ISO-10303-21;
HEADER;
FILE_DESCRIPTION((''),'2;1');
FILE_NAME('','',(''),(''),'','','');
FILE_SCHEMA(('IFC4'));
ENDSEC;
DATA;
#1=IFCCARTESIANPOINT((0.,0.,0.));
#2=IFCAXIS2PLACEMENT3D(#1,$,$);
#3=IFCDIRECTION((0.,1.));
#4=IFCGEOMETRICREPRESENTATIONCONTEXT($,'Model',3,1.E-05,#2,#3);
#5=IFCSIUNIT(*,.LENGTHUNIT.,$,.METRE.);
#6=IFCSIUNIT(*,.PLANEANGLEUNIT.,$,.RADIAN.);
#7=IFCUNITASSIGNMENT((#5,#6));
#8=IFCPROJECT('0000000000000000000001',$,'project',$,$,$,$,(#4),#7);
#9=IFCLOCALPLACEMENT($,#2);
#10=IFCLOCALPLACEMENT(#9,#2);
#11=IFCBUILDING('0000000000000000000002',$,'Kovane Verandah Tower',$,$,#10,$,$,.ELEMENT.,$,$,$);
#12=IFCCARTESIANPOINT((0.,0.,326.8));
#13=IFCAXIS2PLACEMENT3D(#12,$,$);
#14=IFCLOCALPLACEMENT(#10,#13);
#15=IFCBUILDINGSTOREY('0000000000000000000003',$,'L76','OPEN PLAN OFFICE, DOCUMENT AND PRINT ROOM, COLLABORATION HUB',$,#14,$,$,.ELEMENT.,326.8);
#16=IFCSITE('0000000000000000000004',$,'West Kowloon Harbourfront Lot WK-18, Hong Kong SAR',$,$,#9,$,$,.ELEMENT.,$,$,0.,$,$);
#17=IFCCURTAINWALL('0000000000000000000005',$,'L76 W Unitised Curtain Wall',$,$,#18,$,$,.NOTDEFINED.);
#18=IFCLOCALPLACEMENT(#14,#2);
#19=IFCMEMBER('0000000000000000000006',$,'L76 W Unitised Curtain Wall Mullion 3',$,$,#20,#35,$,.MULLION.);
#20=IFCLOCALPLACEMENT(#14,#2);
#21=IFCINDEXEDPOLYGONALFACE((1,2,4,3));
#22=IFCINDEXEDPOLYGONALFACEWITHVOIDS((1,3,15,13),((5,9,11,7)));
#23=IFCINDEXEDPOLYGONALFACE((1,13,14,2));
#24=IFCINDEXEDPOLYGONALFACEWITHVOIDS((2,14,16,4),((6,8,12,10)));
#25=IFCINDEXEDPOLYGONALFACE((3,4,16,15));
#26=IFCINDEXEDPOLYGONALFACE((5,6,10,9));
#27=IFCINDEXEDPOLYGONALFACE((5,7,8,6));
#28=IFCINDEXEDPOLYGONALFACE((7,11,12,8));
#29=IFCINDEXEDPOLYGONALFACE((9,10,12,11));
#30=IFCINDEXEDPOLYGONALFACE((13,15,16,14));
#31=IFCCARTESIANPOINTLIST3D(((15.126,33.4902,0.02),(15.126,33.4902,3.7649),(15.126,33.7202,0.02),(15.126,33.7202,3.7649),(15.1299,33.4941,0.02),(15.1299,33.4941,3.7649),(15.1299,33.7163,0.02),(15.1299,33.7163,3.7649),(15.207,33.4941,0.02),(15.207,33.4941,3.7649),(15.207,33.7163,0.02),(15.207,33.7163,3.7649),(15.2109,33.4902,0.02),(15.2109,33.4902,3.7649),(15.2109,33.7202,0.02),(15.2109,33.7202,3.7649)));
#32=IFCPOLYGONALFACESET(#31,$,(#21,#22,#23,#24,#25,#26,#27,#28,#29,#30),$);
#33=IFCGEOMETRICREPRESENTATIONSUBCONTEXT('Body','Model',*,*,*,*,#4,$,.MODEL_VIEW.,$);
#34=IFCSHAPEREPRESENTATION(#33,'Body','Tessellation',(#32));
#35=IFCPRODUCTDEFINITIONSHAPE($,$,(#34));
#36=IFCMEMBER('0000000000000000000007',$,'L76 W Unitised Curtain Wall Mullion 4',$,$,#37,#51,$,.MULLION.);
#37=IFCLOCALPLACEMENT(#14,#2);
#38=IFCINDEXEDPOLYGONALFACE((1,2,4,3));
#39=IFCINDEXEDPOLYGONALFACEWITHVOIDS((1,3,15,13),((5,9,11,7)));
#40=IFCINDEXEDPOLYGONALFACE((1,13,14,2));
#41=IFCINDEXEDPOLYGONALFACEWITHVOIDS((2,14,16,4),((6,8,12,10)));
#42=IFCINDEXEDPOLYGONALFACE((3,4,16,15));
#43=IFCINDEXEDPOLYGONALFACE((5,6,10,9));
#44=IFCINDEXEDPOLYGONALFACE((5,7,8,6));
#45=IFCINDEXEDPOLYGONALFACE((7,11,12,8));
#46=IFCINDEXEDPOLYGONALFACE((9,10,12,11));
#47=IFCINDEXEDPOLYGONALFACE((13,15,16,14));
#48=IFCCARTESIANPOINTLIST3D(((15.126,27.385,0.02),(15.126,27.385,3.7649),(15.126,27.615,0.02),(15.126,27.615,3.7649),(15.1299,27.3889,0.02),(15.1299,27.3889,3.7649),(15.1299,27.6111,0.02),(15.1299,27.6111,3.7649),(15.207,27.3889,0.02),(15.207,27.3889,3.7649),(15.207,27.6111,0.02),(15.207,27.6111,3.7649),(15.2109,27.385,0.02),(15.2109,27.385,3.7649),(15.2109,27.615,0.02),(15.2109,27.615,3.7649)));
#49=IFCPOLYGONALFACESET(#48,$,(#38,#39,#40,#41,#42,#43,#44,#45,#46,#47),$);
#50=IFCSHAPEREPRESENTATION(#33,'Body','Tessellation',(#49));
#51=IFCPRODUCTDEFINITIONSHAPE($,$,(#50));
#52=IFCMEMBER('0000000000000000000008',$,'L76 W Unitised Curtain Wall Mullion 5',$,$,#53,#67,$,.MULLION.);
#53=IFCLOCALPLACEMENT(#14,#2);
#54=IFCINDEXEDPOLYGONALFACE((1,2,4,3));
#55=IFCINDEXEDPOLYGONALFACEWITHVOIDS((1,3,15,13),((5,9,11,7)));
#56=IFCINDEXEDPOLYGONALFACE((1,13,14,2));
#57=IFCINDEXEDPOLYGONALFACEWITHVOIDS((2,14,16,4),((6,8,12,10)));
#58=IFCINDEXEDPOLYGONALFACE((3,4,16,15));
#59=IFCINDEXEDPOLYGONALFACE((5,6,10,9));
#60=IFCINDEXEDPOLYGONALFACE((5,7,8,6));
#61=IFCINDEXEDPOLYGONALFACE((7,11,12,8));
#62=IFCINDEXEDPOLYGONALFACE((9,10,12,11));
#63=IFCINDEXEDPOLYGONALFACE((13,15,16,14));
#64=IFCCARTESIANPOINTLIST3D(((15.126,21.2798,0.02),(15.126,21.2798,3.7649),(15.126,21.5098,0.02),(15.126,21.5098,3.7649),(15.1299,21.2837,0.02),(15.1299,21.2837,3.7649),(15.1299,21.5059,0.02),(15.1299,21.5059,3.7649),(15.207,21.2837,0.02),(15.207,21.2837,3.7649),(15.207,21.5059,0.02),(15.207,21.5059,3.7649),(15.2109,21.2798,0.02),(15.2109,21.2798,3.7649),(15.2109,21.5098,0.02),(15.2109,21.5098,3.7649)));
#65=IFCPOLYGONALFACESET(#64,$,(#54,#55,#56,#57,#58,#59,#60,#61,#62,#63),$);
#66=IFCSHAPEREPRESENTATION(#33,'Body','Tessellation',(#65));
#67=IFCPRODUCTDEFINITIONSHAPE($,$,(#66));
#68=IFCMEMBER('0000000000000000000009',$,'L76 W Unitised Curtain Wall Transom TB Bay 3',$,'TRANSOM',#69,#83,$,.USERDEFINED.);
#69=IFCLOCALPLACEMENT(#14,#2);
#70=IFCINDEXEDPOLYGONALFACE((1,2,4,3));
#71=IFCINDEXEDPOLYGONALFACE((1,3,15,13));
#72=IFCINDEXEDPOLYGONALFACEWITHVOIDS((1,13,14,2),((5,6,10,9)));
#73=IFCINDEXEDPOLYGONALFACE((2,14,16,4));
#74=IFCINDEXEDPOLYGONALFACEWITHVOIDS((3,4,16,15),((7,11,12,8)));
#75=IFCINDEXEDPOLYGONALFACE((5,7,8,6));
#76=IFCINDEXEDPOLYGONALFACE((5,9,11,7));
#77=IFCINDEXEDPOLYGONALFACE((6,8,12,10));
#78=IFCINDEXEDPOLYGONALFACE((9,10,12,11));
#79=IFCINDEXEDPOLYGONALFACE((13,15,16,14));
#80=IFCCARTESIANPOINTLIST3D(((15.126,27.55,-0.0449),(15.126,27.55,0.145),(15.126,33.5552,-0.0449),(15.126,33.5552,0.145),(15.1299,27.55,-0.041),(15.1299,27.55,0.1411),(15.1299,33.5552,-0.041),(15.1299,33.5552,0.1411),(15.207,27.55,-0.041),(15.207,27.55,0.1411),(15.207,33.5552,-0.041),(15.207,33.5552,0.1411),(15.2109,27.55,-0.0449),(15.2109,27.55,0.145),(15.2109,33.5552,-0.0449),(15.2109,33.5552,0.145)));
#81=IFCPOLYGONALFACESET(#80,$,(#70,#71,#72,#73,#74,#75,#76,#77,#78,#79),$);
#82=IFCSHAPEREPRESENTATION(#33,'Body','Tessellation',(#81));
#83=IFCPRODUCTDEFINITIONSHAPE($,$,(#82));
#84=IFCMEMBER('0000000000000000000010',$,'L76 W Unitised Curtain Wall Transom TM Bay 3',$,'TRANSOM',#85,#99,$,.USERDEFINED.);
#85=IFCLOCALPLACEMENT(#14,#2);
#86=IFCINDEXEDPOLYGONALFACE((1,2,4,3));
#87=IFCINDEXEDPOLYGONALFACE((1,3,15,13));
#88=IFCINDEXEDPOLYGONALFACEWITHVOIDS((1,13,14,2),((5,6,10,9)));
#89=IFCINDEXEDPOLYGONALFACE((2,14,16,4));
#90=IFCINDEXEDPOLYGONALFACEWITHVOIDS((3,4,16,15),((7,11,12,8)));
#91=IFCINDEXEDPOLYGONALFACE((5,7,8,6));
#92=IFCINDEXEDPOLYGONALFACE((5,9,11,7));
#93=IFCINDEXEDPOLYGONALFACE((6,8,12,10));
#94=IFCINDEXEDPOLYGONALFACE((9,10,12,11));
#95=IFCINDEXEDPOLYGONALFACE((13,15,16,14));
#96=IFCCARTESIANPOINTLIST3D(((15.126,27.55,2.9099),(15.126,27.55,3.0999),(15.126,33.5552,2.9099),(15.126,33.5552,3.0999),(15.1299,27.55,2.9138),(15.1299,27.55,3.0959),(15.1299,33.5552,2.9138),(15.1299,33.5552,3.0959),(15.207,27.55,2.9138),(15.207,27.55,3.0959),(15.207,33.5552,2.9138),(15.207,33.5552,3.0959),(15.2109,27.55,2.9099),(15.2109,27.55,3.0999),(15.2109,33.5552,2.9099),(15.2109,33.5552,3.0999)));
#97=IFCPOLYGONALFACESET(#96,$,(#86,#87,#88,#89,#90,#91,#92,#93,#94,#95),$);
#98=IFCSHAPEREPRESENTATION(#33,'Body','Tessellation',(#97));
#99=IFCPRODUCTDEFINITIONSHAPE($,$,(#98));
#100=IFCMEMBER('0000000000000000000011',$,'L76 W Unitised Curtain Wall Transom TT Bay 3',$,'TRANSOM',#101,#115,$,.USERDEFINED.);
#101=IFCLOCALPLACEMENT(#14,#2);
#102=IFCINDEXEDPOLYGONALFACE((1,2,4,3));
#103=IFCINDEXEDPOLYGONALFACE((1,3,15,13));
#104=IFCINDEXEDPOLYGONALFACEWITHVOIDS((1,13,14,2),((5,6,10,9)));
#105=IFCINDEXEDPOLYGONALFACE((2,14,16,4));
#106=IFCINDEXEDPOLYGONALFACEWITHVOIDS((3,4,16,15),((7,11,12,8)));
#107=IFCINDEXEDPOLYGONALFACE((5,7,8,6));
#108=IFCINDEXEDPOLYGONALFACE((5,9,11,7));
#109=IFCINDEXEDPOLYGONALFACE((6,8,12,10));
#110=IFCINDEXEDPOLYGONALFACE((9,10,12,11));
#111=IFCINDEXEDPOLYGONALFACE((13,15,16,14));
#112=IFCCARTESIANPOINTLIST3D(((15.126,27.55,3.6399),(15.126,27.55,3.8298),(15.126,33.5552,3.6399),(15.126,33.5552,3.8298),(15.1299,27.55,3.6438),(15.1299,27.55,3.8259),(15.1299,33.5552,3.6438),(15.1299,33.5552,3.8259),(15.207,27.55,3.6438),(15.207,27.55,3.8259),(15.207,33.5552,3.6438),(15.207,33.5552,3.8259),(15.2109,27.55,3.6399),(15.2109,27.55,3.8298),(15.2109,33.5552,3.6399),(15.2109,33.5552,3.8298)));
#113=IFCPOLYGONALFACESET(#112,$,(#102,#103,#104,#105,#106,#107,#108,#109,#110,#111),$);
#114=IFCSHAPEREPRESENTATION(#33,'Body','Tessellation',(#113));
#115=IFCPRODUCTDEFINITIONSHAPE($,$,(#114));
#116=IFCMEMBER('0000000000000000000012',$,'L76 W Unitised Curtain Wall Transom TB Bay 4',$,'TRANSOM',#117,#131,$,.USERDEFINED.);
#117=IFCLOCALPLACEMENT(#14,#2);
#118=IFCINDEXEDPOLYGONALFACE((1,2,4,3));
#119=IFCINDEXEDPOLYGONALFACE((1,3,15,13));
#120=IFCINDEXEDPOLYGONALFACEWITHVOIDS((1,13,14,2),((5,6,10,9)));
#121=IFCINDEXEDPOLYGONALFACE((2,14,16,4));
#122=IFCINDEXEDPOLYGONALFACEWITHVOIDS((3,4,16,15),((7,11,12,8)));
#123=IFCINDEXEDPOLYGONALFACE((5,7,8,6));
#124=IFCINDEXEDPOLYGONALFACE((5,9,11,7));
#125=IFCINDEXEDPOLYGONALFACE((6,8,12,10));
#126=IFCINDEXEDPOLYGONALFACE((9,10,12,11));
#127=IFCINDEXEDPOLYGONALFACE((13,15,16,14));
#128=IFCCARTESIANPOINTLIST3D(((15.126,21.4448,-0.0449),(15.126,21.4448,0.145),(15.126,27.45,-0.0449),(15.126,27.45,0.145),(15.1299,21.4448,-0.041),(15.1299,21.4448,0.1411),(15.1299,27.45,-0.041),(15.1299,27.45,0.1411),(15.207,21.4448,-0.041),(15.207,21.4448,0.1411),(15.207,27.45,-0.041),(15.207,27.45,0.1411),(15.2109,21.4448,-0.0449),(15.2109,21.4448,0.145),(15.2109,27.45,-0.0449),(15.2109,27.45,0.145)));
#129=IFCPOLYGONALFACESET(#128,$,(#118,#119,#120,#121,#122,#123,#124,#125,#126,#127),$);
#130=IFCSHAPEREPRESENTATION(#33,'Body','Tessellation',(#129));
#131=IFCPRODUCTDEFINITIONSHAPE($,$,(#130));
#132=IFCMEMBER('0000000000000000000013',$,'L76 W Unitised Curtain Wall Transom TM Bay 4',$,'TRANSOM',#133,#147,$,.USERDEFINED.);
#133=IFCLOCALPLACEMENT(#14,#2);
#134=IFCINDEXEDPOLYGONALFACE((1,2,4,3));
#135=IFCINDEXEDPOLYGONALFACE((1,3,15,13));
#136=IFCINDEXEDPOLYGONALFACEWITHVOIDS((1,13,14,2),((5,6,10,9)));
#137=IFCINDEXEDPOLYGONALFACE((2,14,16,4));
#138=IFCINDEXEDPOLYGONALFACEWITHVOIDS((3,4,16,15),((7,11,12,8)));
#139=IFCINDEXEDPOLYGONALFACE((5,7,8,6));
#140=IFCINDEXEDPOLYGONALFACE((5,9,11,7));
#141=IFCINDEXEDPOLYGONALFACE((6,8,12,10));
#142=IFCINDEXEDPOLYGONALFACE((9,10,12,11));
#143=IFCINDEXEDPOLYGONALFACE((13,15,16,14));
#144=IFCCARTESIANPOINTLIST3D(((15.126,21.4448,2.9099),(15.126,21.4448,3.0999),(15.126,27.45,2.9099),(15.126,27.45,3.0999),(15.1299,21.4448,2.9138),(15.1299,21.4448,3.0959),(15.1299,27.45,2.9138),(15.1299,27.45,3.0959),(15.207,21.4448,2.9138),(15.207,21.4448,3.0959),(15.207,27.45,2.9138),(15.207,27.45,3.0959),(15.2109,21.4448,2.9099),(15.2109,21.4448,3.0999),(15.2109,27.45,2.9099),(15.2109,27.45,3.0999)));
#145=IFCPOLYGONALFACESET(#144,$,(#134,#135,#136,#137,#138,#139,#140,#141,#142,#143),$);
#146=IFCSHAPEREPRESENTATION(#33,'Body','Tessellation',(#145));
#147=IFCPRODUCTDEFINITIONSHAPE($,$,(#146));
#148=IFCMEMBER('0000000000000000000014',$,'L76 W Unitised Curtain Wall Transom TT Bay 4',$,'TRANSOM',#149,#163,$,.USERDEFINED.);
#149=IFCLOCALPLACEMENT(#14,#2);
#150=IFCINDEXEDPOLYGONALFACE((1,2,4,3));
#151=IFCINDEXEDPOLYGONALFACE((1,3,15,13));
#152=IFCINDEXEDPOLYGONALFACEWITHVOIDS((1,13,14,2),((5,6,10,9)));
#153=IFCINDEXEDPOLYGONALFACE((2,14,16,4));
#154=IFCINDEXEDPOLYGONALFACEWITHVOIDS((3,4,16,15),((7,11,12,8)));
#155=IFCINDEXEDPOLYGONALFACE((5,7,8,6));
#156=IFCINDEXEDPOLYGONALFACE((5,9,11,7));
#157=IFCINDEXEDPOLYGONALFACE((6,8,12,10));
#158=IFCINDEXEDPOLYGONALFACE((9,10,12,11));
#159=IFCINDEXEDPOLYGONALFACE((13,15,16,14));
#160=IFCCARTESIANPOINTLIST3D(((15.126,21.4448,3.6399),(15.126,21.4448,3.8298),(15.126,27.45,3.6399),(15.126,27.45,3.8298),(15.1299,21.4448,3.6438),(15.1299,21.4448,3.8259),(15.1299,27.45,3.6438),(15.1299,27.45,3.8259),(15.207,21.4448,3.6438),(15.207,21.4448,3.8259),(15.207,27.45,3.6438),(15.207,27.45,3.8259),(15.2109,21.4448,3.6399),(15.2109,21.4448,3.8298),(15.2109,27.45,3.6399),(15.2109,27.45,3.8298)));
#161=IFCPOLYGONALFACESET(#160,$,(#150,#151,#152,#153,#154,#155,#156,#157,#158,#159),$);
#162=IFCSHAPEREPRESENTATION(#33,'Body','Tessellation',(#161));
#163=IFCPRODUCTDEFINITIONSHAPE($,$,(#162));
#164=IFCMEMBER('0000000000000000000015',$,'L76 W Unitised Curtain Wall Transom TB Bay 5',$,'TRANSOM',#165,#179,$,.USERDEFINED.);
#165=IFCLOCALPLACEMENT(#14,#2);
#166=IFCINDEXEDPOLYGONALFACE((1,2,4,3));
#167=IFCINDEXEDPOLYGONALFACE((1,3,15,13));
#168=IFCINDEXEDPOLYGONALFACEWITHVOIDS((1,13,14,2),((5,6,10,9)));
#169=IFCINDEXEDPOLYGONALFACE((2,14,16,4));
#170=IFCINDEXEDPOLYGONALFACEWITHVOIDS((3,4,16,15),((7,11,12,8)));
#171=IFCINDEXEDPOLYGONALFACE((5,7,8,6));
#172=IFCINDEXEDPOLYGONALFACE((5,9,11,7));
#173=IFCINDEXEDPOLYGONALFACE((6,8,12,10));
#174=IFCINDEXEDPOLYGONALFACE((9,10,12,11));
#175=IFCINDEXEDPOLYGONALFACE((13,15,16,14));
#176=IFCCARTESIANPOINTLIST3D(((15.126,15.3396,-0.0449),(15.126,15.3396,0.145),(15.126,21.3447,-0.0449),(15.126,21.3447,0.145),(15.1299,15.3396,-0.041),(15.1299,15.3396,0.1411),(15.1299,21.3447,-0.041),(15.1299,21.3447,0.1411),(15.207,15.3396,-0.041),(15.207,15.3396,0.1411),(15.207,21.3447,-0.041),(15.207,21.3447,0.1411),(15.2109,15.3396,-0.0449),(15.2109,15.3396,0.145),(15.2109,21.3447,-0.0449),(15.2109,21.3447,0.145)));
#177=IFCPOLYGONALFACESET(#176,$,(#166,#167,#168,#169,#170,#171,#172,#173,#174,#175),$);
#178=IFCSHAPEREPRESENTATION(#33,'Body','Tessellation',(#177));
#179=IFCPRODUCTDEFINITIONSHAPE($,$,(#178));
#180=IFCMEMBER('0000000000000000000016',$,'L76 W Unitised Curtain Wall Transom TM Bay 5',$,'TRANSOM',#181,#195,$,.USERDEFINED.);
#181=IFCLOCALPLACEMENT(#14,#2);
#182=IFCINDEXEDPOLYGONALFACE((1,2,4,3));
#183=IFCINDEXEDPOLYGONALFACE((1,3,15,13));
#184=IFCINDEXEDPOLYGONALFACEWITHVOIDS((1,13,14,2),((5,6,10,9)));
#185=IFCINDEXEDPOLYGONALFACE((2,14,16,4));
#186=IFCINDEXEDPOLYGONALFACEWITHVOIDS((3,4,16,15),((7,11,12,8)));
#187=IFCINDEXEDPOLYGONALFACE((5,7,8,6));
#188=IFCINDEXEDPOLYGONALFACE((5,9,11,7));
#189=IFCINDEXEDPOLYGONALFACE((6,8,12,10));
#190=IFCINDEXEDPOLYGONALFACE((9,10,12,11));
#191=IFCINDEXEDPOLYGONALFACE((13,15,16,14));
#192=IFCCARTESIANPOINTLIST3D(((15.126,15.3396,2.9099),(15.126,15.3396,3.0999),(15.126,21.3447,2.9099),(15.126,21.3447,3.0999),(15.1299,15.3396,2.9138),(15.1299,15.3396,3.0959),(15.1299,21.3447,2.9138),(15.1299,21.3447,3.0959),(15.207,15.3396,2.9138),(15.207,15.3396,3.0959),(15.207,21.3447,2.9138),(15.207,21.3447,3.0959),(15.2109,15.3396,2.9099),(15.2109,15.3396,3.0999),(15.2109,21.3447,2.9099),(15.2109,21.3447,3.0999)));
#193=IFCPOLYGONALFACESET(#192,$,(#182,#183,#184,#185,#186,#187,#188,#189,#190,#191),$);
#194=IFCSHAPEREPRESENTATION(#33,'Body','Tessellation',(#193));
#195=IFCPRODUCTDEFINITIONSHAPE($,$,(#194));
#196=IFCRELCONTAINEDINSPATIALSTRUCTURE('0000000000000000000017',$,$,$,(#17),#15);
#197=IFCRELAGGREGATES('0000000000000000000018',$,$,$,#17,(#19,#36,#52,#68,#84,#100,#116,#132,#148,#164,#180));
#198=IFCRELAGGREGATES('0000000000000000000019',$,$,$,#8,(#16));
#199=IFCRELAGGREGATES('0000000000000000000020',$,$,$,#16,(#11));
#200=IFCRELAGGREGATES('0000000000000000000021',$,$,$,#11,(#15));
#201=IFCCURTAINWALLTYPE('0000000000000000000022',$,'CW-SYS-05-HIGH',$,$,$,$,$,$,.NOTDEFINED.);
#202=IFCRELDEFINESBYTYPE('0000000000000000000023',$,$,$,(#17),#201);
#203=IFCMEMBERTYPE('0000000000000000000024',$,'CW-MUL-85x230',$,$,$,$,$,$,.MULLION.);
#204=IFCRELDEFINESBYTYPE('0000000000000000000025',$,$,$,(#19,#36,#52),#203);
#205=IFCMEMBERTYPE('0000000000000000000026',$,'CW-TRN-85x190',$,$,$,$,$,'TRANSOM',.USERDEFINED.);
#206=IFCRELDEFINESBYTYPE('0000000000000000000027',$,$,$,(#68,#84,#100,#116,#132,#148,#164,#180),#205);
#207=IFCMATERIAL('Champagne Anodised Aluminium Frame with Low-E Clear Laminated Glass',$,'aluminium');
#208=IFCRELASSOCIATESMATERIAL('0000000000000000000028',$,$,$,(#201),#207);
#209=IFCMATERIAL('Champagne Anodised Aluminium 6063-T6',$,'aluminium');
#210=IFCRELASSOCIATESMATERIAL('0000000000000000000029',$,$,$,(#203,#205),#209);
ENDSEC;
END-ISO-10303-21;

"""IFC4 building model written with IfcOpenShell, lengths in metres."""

from ifc_helpers import new_model, si_unit, direction, frame, origin, origin_2d, place, context, subcontext, project, spatial, hollow_rectangle, extrude, material, material_profile, profile_set, type_object, element, aggregate, save


model = new_model("IFC4")

# Units and contexts
model_context = context("Model", 3, precision=1e-05, world=origin(), true_north=direction((0.0, 1.0)))
body_context = subcontext(model_context, "Body", "Model", "MODEL_VIEW")
ifc_project = project(units=[si_unit("LENGTHUNIT", "METRE"), si_unit("PLANEANGLEUNIT", "RADIAN")], contexts=[model_context])

# Site, building, storey
site_placement = place(None, origin())
site = spatial("IfcSite", under=ifc_project, at=site_placement, Name="West Kowloon Harbourfront Lot WK-18, Hong Kong SAR", CompositionType="ELEMENT", RefElevation=0.0)
building_placement = place(site_placement, origin())
building = spatial("IfcBuilding", under=site, at=building_placement, Name="Kovane Verandah Tower", CompositionType="ELEMENT")
storey_placement = place(building_placement, frame((0.0, 0.0, 326.8)))
storey = spatial("IfcBuildingStorey", under=building, at=storey_placement, Name="L76", Description="OPEN PLAN OFFICE, DOCUMENT AND PRINT ROOM, COLLABORATION HUB", CompositionType="ELEMENT", Elevation=326.8)

# Curtain wall, members
ifc_material_1 = material(Name="Champagne Anodised Aluminium Frame with Low-E Clear Laminated Glass", Category="aluminium")
curtain_wall_type = type_object("IfcCurtainWallType", Name="CW-SYS-05-HIGH", PredefinedType="NOTDEFINED", material=ifc_material_1)
curtain_wall_placement = place(storey_placement, origin())
curtain_wall = element("IfcCurtainWall", 1, at=curtain_wall_placement, inside=storey, type_object=curtain_wall_type, Name="L76 W Unitised Curtain Wall", PredefinedType="NOTDEFINED")
ifc_material_2 = material(Name="Champagne Anodised Aluminium 6063-T6", Category="aluminium")
ifc_material_profile_1 = material_profile(ifc_material_2, hollow_rectangle(XDim=0.085, YDim=0.23, WallThickness=0.0039, at=origin_2d()), Name="AL85x230x4")
ifc_profile_set_1 = profile_set([ifc_material_profile_1], Name="Champagne Anodised Aluminium 6063-T6")
member_type_1 = type_object("IfcMemberType", Name="CW-MUL-85x230", PredefinedType="MULLION", material=ifc_profile_set_1)
member_1_placement = place(storey_placement, frame((15.1685, 33.6052, 0.02), z_axis=(0.0, 0.0, 1.0), x_axis=(-1.0, 0.0, 0.0)))
member_1 = element("IfcMember", 2, at=member_1_placement, type_object=member_type_1, Name="L76 W Unitised Curtain Wall Mullion 3", PredefinedType="MULLION", context=body_context, shape_type="SweptSolid", body=[
    extrude(hollow_rectangle(XDim=0.085, YDim=0.23, WallThickness=0.0039, at=origin_2d()), origin(), (0.0, 0.0, 1.0), 3.7449),
])
member_2_placement = place(storey_placement, frame((15.1685, 27.5, 0.02), z_axis=(0.0, 0.0, 1.0), x_axis=(-1.0, 0.0, 0.0)))
member_2 = element("IfcMember", 3, at=member_2_placement, type_object=member_type_1, Name="L76 W Unitised Curtain Wall Mullion 4", PredefinedType="MULLION", context=body_context, shape_type="SweptSolid", body=[
    extrude(hollow_rectangle(XDim=0.085, YDim=0.23, WallThickness=0.0039, at=origin_2d()), origin(), (0.0, 0.0, 1.0), 3.7449),
])
member_3_placement = place(storey_placement, frame((15.1685, 21.3948, 0.02), z_axis=(0.0, 0.0, 1.0), x_axis=(-1.0, 0.0, 0.0)))
member_3 = element("IfcMember", 4, at=member_3_placement, type_object=member_type_1, Name="L76 W Unitised Curtain Wall Mullion 5", PredefinedType="MULLION", context=body_context, shape_type="SweptSolid", body=[
    extrude(hollow_rectangle(XDim=0.085, YDim=0.23, WallThickness=0.0039, at=origin_2d()), origin(), (0.0, 0.0, 1.0), 3.7449),
])
ifc_material_profile_2 = material_profile(ifc_material_2, hollow_rectangle(XDim=0.085, YDim=0.1899, WallThickness=0.0039, at=origin_2d()), Name="AL85x190x4")
ifc_profile_set_2 = profile_set([ifc_material_profile_2], Name="Champagne Anodised Aluminium 6063-T6")
member_type_2 = type_object("IfcMemberType", Name="CW-TRN-85x190", ElementType="TRANSOM", PredefinedType="USERDEFINED", material=ifc_profile_set_2)
member_4_placement = place(storey_placement, frame((15.1685, 33.5552, 0.05), z_axis=(0.0, -1.0, 0.0), x_axis=(1.0, 0.0, 0.0)))
member_4 = element("IfcMember", 5, at=member_4_placement, type_object=member_type_2, Name="L76 W Unitised Curtain Wall Transom TB Bay 3", ObjectType="TRANSOM", PredefinedType="USERDEFINED", context=body_context, shape_type="SweptSolid", body=[
    extrude(hollow_rectangle(XDim=0.085, YDim=0.1899, WallThickness=0.0039, at=origin_2d()), origin(), (0.0, 0.0, 1.0), 6.0051),
])
member_5_placement = place(storey_placement, frame((15.1685, 33.5552, 3.0049), z_axis=(0.0, -1.0, 0.0), x_axis=(1.0, 0.0, 0.0)))
member_5 = element("IfcMember", 6, at=member_5_placement, type_object=member_type_2, Name="L76 W Unitised Curtain Wall Transom TM Bay 3", ObjectType="TRANSOM", PredefinedType="USERDEFINED", context=body_context, shape_type="SweptSolid", body=[
    extrude(hollow_rectangle(XDim=0.085, YDim=0.1899, WallThickness=0.0039, at=origin_2d()), origin(), (0.0, 0.0, 1.0), 6.0051),
])
member_6_placement = place(storey_placement, frame((15.1685, 33.5552, 3.7349), z_axis=(0.0, -1.0, 0.0), x_axis=(1.0, 0.0, 0.0)))
member_6 = element("IfcMember", 7, at=member_6_placement, type_object=member_type_2, Name="L76 W Unitised Curtain Wall Transom TT Bay 3", ObjectType="TRANSOM", PredefinedType="USERDEFINED", context=body_context, shape_type="SweptSolid", body=[
    extrude(hollow_rectangle(XDim=0.085, YDim=0.1899, WallThickness=0.0039, at=origin_2d()), origin(), (0.0, 0.0, 1.0), 6.0051),
])
member_7_placement = place(storey_placement, frame((15.1685, 27.45, 0.05), z_axis=(0.0, -1.0, 0.0), x_axis=(1.0, 0.0, 0.0)))
member_7 = element("IfcMember", 8, at=member_7_placement, type_object=member_type_2, Name="L76 W Unitised Curtain Wall Transom TB Bay 4", ObjectType="TRANSOM", PredefinedType="USERDEFINED", context=body_context, shape_type="SweptSolid", body=[
    extrude(hollow_rectangle(XDim=0.085, YDim=0.1899, WallThickness=0.0039, at=origin_2d()), origin(), (0.0, 0.0, 1.0), 6.0051),
])
member_8_placement = place(storey_placement, frame((15.1685, 27.45, 3.0049), z_axis=(0.0, -1.0, 0.0), x_axis=(1.0, 0.0, 0.0)))
member_8 = element("IfcMember", 9, at=member_8_placement, type_object=member_type_2, Name="L76 W Unitised Curtain Wall Transom TM Bay 4", ObjectType="TRANSOM", PredefinedType="USERDEFINED", context=body_context, shape_type="SweptSolid", body=[
    extrude(hollow_rectangle(XDim=0.085, YDim=0.1899, WallThickness=0.0039, at=origin_2d()), origin(), (0.0, 0.0, 1.0), 6.0051),
])
member_9_placement = place(storey_placement, frame((15.1685, 27.45, 3.7349), z_axis=(0.0, -1.0, 0.0), x_axis=(1.0, 0.0, 0.0)))
member_9 = element("IfcMember", 10, at=member_9_placement, type_object=member_type_2, Name="L76 W Unitised Curtain Wall Transom TT Bay 4", ObjectType="TRANSOM", PredefinedType="USERDEFINED", context=body_context, shape_type="SweptSolid", body=[
    extrude(hollow_rectangle(XDim=0.085, YDim=0.1899, WallThickness=0.0039, at=origin_2d()), origin(), (0.0, 0.0, 1.0), 6.0051),
])
member_10_placement = place(storey_placement, frame((15.1685, 21.3447, 0.05), z_axis=(0.0, -1.0, 0.0), x_axis=(1.0, 0.0, 0.0)))
member_10 = element("IfcMember", 11, at=member_10_placement, type_object=member_type_2, Name="L76 W Unitised Curtain Wall Transom TB Bay 5", ObjectType="TRANSOM", PredefinedType="USERDEFINED", context=body_context, shape_type="SweptSolid", body=[
    extrude(hollow_rectangle(XDim=0.085, YDim=0.1899, WallThickness=0.0039, at=origin_2d()), origin(), (0.0, 0.0, 1.0), 6.0051),
])
member_11_placement = place(storey_placement, frame((15.1685, 21.3447, 3.0049), z_axis=(0.0, -1.0, 0.0), x_axis=(1.0, 0.0, 0.0)))
member_11 = element("IfcMember", 12, at=member_11_placement, type_object=member_type_2, Name="L76 W Unitised Curtain Wall Transom TM Bay 5", ObjectType="TRANSOM", PredefinedType="USERDEFINED", context=body_context, shape_type="SweptSolid", body=[
    extrude(hollow_rectangle(XDim=0.085, YDim=0.1899, WallThickness=0.0039, at=origin_2d()), origin(), (0.0, 0.0, 1.0), 6.0051),
])
aggregate(curtain_wall, [member_1, member_2, member_3, member_4, member_5, member_6, member_7, member_8, member_9, member_10, member_11])

save(model, "model.ifc")
